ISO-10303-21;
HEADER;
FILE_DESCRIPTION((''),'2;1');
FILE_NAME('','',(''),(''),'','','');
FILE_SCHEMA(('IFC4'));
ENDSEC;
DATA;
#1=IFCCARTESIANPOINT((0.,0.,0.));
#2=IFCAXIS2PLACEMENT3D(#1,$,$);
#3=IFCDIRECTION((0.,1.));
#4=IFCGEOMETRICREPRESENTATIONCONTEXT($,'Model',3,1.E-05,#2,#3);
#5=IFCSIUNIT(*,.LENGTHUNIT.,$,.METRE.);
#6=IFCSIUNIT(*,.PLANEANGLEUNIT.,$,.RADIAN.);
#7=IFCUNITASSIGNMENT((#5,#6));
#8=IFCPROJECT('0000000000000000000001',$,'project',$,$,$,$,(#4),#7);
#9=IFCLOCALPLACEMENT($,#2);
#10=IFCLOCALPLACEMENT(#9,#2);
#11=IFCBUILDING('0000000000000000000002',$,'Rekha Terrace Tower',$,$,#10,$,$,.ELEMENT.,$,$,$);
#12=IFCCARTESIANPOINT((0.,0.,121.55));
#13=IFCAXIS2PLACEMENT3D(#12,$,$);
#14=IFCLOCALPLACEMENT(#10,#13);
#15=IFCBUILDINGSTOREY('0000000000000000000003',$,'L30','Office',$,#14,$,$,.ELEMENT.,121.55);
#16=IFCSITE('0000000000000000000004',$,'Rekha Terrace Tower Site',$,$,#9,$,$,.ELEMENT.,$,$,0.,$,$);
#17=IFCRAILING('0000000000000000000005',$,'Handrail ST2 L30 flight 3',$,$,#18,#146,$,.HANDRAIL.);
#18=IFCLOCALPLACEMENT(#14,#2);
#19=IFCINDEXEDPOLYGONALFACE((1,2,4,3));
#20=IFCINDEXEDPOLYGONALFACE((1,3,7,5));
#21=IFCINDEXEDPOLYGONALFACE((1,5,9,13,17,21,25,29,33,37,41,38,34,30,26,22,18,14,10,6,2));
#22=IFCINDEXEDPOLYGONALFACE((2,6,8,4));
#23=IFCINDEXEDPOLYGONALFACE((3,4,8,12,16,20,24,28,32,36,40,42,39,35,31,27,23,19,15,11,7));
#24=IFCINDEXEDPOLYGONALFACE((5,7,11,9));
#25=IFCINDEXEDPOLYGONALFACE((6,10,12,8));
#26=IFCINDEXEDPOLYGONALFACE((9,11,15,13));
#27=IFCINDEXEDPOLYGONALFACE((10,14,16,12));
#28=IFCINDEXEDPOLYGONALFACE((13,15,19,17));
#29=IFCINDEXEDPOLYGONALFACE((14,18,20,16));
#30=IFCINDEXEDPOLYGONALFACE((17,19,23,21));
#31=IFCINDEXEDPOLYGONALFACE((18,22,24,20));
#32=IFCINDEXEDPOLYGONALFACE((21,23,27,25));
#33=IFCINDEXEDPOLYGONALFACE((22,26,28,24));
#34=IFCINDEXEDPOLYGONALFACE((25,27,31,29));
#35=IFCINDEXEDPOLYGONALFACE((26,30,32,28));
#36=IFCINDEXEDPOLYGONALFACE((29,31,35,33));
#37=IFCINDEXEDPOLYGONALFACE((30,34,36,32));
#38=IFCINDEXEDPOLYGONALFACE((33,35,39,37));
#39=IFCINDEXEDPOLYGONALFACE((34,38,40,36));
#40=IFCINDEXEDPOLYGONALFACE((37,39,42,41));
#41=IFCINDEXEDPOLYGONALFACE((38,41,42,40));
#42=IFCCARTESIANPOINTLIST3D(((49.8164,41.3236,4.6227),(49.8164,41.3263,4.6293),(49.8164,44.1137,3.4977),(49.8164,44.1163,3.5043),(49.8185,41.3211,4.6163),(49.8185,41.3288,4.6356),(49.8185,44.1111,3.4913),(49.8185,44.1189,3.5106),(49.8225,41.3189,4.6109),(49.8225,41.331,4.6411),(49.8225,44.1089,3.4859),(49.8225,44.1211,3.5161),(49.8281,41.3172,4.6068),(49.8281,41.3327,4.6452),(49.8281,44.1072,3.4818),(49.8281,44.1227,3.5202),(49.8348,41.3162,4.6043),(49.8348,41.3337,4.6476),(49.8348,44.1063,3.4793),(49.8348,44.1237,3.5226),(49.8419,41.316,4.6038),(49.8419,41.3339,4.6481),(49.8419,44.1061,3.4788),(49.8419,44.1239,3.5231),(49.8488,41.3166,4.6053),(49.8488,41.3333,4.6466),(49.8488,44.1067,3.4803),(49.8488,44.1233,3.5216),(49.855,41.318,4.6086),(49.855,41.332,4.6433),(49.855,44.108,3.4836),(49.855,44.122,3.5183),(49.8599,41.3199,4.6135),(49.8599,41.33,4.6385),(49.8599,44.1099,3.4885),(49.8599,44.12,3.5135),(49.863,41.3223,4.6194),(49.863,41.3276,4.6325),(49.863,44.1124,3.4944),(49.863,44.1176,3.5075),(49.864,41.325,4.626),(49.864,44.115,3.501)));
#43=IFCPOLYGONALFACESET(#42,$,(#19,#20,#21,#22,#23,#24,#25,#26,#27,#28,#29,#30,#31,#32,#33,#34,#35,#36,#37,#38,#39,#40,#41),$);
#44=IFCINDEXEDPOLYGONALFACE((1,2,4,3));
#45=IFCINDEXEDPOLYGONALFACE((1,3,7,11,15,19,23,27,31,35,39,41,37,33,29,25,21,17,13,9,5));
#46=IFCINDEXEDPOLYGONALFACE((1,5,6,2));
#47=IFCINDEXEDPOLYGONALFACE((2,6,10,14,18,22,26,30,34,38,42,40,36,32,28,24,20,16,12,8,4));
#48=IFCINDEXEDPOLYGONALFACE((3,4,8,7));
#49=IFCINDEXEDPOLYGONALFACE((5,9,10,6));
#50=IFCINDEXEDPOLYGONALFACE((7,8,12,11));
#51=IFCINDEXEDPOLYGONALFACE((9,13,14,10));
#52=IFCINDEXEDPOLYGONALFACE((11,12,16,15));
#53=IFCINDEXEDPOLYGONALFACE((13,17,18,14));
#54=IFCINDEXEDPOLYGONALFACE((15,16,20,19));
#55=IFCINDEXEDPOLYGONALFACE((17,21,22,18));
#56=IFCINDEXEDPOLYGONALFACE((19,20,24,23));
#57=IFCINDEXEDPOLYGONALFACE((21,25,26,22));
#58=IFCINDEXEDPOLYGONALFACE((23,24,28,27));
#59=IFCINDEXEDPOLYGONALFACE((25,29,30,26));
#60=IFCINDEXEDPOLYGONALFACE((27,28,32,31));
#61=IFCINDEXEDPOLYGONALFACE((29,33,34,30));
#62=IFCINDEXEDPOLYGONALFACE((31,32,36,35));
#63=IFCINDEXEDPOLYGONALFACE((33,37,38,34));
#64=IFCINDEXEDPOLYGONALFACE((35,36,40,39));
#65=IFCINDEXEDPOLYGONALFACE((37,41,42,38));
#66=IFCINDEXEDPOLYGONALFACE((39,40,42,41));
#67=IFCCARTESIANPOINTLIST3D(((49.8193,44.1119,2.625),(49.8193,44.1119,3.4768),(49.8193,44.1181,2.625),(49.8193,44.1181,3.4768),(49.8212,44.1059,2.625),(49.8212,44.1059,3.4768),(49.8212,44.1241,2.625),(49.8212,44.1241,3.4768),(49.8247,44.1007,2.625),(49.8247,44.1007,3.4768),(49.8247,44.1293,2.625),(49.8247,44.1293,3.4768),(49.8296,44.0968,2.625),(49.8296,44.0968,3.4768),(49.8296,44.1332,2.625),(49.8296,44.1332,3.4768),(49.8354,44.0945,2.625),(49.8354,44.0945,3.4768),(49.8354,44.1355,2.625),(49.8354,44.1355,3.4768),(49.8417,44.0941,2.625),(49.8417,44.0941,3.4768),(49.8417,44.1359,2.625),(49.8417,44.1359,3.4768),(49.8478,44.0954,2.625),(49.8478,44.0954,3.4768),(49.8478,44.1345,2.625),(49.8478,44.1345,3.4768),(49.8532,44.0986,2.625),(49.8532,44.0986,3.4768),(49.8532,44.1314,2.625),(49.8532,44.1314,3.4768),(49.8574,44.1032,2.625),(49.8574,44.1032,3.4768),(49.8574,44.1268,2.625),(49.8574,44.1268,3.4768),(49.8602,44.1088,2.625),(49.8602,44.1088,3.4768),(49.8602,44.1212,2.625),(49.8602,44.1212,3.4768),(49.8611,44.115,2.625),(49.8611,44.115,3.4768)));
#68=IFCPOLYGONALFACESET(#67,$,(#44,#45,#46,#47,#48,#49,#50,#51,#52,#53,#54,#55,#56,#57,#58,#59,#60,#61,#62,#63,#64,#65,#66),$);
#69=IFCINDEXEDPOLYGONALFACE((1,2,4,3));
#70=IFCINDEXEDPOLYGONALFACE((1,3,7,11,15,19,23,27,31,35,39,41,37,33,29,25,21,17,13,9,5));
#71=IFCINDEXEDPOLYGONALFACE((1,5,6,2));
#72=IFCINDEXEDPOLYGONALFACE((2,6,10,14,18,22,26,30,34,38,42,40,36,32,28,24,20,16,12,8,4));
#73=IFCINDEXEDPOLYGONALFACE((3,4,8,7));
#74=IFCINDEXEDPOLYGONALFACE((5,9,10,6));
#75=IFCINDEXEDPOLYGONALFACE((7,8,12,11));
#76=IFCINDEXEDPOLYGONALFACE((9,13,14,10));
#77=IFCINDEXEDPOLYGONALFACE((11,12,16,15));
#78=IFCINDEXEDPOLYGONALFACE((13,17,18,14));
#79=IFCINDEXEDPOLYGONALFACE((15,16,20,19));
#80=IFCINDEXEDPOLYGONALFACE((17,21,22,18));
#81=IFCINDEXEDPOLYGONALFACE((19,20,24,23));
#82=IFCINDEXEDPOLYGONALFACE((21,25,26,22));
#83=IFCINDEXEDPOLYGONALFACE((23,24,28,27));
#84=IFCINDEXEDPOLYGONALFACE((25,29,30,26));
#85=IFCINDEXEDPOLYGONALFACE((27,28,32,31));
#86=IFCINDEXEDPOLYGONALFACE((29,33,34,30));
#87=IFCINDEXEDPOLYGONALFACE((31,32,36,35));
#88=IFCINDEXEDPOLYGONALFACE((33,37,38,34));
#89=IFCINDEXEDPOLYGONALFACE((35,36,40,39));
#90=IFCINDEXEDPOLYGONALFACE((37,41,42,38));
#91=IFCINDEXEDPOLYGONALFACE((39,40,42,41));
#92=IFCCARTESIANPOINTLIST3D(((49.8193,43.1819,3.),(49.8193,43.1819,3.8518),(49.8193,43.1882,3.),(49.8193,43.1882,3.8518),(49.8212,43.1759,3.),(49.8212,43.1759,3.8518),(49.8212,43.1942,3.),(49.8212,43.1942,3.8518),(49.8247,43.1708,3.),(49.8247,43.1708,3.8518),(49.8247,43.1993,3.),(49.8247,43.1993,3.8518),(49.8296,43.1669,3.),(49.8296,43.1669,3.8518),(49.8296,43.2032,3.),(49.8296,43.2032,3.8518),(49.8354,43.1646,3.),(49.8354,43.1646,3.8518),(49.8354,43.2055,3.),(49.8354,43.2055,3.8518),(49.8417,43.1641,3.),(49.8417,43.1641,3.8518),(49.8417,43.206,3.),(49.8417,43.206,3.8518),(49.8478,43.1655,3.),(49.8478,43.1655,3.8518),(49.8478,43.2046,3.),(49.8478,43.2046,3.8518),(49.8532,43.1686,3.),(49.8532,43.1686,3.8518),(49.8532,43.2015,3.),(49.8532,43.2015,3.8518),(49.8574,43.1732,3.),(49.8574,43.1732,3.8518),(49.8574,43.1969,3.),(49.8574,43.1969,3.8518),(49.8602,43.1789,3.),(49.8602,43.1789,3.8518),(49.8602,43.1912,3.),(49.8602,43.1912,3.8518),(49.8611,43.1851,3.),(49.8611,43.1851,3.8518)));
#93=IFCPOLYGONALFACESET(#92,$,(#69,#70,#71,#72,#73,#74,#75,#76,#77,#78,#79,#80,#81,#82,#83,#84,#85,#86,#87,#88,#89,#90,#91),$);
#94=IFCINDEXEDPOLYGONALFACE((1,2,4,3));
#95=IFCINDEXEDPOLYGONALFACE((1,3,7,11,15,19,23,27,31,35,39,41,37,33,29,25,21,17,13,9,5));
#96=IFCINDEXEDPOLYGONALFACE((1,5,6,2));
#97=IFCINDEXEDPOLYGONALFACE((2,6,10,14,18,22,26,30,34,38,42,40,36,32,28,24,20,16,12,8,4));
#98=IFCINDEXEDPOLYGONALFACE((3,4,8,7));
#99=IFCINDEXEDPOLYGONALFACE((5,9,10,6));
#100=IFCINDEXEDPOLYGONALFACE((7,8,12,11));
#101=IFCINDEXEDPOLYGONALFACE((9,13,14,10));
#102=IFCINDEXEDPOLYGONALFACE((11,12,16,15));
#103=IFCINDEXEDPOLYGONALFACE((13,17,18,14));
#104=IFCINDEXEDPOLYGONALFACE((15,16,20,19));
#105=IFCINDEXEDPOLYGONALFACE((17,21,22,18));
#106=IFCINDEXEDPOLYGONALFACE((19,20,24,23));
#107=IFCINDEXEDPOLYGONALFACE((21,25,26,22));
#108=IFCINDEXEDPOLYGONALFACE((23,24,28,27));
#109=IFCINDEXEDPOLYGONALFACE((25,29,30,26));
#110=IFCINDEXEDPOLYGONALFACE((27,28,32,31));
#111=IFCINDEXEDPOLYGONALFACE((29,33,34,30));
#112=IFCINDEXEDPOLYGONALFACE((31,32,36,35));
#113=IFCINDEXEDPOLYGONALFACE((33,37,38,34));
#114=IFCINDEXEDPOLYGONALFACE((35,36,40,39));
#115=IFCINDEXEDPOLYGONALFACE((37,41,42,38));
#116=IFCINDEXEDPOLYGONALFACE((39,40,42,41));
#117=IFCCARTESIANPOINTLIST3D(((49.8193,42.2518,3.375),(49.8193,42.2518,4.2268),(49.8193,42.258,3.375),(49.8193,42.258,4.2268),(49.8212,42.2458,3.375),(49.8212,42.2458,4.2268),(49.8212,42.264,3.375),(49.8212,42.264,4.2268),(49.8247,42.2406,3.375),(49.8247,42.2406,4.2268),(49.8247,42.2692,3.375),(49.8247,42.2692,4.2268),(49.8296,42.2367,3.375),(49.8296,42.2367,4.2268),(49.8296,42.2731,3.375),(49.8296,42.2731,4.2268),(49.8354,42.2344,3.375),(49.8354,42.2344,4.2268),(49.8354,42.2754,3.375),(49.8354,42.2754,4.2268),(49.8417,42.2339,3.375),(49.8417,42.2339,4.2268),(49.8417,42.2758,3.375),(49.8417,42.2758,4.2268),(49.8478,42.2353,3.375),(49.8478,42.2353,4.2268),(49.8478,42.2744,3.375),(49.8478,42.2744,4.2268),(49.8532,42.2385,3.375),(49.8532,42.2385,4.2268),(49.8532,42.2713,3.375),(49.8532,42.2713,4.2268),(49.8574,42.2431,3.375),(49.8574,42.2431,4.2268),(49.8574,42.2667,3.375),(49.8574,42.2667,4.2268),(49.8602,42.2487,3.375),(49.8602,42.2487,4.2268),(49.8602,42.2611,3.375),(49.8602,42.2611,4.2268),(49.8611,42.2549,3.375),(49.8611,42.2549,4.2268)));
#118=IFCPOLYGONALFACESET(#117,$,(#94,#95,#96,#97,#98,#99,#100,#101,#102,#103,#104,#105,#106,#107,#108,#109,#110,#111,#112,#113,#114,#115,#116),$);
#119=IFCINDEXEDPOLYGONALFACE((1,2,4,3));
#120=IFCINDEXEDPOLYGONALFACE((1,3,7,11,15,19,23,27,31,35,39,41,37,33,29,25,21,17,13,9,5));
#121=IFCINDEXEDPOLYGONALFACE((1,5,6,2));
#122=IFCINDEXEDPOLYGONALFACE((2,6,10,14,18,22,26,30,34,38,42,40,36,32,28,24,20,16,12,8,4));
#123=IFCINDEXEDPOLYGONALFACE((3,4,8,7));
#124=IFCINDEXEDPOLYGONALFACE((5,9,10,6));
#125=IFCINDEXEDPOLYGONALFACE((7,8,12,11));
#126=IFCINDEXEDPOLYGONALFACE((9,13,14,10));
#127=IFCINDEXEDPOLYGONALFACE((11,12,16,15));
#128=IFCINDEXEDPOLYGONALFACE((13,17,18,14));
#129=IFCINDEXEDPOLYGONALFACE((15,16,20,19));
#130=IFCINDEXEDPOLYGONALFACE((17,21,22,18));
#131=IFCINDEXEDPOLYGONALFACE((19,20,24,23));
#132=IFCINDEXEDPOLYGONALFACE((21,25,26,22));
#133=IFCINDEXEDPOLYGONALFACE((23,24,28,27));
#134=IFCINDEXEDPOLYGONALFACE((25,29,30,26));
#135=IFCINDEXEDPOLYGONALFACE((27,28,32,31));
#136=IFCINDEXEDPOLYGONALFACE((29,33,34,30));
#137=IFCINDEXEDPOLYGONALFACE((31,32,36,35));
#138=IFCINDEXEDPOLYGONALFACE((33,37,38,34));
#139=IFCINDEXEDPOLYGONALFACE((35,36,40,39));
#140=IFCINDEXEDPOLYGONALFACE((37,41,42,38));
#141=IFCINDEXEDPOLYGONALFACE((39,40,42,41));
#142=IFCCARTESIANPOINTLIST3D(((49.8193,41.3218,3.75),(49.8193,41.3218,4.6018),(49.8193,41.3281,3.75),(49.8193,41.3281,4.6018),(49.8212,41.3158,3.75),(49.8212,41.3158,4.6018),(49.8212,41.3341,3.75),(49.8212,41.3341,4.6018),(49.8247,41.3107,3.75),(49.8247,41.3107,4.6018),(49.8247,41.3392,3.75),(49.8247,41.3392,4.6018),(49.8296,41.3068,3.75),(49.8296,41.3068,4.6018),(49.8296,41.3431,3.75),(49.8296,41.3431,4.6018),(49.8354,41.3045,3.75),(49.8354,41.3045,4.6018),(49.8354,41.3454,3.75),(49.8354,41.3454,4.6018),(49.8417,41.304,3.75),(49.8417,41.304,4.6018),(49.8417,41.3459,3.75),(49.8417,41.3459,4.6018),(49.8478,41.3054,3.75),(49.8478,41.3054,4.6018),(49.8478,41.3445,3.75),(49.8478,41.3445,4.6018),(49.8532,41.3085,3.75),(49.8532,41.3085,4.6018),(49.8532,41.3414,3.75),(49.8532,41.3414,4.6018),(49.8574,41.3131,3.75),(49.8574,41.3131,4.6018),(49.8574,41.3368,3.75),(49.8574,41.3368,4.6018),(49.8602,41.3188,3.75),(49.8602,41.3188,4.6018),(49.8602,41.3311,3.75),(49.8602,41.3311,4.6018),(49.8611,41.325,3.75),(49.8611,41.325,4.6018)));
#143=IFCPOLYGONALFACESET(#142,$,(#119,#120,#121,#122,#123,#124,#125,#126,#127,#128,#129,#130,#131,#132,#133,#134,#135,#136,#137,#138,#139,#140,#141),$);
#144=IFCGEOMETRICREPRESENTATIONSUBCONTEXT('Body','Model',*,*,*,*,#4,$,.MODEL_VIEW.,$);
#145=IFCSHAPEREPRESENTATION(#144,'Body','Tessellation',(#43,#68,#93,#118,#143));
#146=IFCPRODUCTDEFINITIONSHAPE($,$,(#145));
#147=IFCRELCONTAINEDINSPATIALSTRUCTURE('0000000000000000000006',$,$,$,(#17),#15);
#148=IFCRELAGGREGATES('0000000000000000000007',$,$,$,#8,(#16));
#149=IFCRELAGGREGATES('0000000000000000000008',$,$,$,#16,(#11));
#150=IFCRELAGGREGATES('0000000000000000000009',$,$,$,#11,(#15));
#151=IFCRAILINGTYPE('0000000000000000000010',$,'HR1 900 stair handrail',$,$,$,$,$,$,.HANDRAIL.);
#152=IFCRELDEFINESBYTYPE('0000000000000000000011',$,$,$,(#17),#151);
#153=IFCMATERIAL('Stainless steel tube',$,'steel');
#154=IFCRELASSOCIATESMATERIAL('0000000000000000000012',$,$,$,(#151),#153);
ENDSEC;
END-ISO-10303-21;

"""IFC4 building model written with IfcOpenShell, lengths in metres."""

from ifc_helpers import new_model, si_unit, direction, frame, origin, origin_2d, place, context, subcontext, project, spatial, circle, extrude, material, type_object, element, save


model = new_model("IFC4")

# Units and contexts
model_context = context("Model", 3, precision=1e-05, world=origin(), true_north=direction((0.0, 1.0)))
body_context = subcontext(model_context, "Body", "Model", "MODEL_VIEW")
ifc_project = project(units=[si_unit("LENGTHUNIT", "METRE"), si_unit("PLANEANGLEUNIT", "RADIAN")], contexts=[model_context])

# Site, building, storey
site_placement = place(None, origin())
site = spatial("IfcSite", under=ifc_project, at=site_placement, Name="Rekha Terrace Tower Site", CompositionType="ELEMENT", RefElevation=0.0)
building_placement = place(site_placement, origin())
building = spatial("IfcBuilding", under=site, at=building_placement, Name="Rekha Terrace Tower", CompositionType="ELEMENT")
storey_placement = place(building_placement, frame((0.0, 0.0, 121.55)))
storey = spatial("IfcBuildingStorey", under=building, at=storey_placement, Name="L30", Description="Office", CompositionType="ELEMENT", Elevation=121.55)

# Railing
ifc_material_1 = material(Name="Stainless steel tube", Category="steel")
railing_type_1 = type_object("IfcRailingType", Name="HR1 900 stair handrail", PredefinedType="HANDRAIL", material=ifc_material_1)
railing_1_placement = place(storey_placement, frame((49.8401, 44.115, 2.625)))
element("IfcRailing", 1, at=railing_1_placement, inside=storey, type_object=railing_type_1, Name="Handrail ST2 L30 flight 3", PredefinedType="HANDRAIL", context=body_context, shape_type="SweptSolid", body=[
    extrude(circle(Radius=0.0239, at=origin_2d()), frame((0.0, 0.0, 0.876), z_axis=(0.0, -0.927443, 0.373964), x_axis=(1.0, 0.0, 0.0)), (0.0, 0.0, 1.0), 3.0083),
    extrude(circle(Radius=0.021, at=origin_2d()), origin(), (0.0, 0.0, 1.0), 0.8518),
    extrude(circle(Radius=0.021, at=origin_2d()), frame((0.0, -0.9299, 0.375)), (0.0, 0.0, 1.0), 0.8518),
    extrude(circle(Radius=0.021, at=origin_2d()), frame((0.0, -1.8601, 0.75)), (0.0, 0.0, 1.0), 0.8518),
    extrude(circle(Radius=0.021, at=origin_2d()), frame((0.0, -2.79, 1.125)), (0.0, 0.0, 1.0), 0.8518),
])

save(model, "model.ifc")
